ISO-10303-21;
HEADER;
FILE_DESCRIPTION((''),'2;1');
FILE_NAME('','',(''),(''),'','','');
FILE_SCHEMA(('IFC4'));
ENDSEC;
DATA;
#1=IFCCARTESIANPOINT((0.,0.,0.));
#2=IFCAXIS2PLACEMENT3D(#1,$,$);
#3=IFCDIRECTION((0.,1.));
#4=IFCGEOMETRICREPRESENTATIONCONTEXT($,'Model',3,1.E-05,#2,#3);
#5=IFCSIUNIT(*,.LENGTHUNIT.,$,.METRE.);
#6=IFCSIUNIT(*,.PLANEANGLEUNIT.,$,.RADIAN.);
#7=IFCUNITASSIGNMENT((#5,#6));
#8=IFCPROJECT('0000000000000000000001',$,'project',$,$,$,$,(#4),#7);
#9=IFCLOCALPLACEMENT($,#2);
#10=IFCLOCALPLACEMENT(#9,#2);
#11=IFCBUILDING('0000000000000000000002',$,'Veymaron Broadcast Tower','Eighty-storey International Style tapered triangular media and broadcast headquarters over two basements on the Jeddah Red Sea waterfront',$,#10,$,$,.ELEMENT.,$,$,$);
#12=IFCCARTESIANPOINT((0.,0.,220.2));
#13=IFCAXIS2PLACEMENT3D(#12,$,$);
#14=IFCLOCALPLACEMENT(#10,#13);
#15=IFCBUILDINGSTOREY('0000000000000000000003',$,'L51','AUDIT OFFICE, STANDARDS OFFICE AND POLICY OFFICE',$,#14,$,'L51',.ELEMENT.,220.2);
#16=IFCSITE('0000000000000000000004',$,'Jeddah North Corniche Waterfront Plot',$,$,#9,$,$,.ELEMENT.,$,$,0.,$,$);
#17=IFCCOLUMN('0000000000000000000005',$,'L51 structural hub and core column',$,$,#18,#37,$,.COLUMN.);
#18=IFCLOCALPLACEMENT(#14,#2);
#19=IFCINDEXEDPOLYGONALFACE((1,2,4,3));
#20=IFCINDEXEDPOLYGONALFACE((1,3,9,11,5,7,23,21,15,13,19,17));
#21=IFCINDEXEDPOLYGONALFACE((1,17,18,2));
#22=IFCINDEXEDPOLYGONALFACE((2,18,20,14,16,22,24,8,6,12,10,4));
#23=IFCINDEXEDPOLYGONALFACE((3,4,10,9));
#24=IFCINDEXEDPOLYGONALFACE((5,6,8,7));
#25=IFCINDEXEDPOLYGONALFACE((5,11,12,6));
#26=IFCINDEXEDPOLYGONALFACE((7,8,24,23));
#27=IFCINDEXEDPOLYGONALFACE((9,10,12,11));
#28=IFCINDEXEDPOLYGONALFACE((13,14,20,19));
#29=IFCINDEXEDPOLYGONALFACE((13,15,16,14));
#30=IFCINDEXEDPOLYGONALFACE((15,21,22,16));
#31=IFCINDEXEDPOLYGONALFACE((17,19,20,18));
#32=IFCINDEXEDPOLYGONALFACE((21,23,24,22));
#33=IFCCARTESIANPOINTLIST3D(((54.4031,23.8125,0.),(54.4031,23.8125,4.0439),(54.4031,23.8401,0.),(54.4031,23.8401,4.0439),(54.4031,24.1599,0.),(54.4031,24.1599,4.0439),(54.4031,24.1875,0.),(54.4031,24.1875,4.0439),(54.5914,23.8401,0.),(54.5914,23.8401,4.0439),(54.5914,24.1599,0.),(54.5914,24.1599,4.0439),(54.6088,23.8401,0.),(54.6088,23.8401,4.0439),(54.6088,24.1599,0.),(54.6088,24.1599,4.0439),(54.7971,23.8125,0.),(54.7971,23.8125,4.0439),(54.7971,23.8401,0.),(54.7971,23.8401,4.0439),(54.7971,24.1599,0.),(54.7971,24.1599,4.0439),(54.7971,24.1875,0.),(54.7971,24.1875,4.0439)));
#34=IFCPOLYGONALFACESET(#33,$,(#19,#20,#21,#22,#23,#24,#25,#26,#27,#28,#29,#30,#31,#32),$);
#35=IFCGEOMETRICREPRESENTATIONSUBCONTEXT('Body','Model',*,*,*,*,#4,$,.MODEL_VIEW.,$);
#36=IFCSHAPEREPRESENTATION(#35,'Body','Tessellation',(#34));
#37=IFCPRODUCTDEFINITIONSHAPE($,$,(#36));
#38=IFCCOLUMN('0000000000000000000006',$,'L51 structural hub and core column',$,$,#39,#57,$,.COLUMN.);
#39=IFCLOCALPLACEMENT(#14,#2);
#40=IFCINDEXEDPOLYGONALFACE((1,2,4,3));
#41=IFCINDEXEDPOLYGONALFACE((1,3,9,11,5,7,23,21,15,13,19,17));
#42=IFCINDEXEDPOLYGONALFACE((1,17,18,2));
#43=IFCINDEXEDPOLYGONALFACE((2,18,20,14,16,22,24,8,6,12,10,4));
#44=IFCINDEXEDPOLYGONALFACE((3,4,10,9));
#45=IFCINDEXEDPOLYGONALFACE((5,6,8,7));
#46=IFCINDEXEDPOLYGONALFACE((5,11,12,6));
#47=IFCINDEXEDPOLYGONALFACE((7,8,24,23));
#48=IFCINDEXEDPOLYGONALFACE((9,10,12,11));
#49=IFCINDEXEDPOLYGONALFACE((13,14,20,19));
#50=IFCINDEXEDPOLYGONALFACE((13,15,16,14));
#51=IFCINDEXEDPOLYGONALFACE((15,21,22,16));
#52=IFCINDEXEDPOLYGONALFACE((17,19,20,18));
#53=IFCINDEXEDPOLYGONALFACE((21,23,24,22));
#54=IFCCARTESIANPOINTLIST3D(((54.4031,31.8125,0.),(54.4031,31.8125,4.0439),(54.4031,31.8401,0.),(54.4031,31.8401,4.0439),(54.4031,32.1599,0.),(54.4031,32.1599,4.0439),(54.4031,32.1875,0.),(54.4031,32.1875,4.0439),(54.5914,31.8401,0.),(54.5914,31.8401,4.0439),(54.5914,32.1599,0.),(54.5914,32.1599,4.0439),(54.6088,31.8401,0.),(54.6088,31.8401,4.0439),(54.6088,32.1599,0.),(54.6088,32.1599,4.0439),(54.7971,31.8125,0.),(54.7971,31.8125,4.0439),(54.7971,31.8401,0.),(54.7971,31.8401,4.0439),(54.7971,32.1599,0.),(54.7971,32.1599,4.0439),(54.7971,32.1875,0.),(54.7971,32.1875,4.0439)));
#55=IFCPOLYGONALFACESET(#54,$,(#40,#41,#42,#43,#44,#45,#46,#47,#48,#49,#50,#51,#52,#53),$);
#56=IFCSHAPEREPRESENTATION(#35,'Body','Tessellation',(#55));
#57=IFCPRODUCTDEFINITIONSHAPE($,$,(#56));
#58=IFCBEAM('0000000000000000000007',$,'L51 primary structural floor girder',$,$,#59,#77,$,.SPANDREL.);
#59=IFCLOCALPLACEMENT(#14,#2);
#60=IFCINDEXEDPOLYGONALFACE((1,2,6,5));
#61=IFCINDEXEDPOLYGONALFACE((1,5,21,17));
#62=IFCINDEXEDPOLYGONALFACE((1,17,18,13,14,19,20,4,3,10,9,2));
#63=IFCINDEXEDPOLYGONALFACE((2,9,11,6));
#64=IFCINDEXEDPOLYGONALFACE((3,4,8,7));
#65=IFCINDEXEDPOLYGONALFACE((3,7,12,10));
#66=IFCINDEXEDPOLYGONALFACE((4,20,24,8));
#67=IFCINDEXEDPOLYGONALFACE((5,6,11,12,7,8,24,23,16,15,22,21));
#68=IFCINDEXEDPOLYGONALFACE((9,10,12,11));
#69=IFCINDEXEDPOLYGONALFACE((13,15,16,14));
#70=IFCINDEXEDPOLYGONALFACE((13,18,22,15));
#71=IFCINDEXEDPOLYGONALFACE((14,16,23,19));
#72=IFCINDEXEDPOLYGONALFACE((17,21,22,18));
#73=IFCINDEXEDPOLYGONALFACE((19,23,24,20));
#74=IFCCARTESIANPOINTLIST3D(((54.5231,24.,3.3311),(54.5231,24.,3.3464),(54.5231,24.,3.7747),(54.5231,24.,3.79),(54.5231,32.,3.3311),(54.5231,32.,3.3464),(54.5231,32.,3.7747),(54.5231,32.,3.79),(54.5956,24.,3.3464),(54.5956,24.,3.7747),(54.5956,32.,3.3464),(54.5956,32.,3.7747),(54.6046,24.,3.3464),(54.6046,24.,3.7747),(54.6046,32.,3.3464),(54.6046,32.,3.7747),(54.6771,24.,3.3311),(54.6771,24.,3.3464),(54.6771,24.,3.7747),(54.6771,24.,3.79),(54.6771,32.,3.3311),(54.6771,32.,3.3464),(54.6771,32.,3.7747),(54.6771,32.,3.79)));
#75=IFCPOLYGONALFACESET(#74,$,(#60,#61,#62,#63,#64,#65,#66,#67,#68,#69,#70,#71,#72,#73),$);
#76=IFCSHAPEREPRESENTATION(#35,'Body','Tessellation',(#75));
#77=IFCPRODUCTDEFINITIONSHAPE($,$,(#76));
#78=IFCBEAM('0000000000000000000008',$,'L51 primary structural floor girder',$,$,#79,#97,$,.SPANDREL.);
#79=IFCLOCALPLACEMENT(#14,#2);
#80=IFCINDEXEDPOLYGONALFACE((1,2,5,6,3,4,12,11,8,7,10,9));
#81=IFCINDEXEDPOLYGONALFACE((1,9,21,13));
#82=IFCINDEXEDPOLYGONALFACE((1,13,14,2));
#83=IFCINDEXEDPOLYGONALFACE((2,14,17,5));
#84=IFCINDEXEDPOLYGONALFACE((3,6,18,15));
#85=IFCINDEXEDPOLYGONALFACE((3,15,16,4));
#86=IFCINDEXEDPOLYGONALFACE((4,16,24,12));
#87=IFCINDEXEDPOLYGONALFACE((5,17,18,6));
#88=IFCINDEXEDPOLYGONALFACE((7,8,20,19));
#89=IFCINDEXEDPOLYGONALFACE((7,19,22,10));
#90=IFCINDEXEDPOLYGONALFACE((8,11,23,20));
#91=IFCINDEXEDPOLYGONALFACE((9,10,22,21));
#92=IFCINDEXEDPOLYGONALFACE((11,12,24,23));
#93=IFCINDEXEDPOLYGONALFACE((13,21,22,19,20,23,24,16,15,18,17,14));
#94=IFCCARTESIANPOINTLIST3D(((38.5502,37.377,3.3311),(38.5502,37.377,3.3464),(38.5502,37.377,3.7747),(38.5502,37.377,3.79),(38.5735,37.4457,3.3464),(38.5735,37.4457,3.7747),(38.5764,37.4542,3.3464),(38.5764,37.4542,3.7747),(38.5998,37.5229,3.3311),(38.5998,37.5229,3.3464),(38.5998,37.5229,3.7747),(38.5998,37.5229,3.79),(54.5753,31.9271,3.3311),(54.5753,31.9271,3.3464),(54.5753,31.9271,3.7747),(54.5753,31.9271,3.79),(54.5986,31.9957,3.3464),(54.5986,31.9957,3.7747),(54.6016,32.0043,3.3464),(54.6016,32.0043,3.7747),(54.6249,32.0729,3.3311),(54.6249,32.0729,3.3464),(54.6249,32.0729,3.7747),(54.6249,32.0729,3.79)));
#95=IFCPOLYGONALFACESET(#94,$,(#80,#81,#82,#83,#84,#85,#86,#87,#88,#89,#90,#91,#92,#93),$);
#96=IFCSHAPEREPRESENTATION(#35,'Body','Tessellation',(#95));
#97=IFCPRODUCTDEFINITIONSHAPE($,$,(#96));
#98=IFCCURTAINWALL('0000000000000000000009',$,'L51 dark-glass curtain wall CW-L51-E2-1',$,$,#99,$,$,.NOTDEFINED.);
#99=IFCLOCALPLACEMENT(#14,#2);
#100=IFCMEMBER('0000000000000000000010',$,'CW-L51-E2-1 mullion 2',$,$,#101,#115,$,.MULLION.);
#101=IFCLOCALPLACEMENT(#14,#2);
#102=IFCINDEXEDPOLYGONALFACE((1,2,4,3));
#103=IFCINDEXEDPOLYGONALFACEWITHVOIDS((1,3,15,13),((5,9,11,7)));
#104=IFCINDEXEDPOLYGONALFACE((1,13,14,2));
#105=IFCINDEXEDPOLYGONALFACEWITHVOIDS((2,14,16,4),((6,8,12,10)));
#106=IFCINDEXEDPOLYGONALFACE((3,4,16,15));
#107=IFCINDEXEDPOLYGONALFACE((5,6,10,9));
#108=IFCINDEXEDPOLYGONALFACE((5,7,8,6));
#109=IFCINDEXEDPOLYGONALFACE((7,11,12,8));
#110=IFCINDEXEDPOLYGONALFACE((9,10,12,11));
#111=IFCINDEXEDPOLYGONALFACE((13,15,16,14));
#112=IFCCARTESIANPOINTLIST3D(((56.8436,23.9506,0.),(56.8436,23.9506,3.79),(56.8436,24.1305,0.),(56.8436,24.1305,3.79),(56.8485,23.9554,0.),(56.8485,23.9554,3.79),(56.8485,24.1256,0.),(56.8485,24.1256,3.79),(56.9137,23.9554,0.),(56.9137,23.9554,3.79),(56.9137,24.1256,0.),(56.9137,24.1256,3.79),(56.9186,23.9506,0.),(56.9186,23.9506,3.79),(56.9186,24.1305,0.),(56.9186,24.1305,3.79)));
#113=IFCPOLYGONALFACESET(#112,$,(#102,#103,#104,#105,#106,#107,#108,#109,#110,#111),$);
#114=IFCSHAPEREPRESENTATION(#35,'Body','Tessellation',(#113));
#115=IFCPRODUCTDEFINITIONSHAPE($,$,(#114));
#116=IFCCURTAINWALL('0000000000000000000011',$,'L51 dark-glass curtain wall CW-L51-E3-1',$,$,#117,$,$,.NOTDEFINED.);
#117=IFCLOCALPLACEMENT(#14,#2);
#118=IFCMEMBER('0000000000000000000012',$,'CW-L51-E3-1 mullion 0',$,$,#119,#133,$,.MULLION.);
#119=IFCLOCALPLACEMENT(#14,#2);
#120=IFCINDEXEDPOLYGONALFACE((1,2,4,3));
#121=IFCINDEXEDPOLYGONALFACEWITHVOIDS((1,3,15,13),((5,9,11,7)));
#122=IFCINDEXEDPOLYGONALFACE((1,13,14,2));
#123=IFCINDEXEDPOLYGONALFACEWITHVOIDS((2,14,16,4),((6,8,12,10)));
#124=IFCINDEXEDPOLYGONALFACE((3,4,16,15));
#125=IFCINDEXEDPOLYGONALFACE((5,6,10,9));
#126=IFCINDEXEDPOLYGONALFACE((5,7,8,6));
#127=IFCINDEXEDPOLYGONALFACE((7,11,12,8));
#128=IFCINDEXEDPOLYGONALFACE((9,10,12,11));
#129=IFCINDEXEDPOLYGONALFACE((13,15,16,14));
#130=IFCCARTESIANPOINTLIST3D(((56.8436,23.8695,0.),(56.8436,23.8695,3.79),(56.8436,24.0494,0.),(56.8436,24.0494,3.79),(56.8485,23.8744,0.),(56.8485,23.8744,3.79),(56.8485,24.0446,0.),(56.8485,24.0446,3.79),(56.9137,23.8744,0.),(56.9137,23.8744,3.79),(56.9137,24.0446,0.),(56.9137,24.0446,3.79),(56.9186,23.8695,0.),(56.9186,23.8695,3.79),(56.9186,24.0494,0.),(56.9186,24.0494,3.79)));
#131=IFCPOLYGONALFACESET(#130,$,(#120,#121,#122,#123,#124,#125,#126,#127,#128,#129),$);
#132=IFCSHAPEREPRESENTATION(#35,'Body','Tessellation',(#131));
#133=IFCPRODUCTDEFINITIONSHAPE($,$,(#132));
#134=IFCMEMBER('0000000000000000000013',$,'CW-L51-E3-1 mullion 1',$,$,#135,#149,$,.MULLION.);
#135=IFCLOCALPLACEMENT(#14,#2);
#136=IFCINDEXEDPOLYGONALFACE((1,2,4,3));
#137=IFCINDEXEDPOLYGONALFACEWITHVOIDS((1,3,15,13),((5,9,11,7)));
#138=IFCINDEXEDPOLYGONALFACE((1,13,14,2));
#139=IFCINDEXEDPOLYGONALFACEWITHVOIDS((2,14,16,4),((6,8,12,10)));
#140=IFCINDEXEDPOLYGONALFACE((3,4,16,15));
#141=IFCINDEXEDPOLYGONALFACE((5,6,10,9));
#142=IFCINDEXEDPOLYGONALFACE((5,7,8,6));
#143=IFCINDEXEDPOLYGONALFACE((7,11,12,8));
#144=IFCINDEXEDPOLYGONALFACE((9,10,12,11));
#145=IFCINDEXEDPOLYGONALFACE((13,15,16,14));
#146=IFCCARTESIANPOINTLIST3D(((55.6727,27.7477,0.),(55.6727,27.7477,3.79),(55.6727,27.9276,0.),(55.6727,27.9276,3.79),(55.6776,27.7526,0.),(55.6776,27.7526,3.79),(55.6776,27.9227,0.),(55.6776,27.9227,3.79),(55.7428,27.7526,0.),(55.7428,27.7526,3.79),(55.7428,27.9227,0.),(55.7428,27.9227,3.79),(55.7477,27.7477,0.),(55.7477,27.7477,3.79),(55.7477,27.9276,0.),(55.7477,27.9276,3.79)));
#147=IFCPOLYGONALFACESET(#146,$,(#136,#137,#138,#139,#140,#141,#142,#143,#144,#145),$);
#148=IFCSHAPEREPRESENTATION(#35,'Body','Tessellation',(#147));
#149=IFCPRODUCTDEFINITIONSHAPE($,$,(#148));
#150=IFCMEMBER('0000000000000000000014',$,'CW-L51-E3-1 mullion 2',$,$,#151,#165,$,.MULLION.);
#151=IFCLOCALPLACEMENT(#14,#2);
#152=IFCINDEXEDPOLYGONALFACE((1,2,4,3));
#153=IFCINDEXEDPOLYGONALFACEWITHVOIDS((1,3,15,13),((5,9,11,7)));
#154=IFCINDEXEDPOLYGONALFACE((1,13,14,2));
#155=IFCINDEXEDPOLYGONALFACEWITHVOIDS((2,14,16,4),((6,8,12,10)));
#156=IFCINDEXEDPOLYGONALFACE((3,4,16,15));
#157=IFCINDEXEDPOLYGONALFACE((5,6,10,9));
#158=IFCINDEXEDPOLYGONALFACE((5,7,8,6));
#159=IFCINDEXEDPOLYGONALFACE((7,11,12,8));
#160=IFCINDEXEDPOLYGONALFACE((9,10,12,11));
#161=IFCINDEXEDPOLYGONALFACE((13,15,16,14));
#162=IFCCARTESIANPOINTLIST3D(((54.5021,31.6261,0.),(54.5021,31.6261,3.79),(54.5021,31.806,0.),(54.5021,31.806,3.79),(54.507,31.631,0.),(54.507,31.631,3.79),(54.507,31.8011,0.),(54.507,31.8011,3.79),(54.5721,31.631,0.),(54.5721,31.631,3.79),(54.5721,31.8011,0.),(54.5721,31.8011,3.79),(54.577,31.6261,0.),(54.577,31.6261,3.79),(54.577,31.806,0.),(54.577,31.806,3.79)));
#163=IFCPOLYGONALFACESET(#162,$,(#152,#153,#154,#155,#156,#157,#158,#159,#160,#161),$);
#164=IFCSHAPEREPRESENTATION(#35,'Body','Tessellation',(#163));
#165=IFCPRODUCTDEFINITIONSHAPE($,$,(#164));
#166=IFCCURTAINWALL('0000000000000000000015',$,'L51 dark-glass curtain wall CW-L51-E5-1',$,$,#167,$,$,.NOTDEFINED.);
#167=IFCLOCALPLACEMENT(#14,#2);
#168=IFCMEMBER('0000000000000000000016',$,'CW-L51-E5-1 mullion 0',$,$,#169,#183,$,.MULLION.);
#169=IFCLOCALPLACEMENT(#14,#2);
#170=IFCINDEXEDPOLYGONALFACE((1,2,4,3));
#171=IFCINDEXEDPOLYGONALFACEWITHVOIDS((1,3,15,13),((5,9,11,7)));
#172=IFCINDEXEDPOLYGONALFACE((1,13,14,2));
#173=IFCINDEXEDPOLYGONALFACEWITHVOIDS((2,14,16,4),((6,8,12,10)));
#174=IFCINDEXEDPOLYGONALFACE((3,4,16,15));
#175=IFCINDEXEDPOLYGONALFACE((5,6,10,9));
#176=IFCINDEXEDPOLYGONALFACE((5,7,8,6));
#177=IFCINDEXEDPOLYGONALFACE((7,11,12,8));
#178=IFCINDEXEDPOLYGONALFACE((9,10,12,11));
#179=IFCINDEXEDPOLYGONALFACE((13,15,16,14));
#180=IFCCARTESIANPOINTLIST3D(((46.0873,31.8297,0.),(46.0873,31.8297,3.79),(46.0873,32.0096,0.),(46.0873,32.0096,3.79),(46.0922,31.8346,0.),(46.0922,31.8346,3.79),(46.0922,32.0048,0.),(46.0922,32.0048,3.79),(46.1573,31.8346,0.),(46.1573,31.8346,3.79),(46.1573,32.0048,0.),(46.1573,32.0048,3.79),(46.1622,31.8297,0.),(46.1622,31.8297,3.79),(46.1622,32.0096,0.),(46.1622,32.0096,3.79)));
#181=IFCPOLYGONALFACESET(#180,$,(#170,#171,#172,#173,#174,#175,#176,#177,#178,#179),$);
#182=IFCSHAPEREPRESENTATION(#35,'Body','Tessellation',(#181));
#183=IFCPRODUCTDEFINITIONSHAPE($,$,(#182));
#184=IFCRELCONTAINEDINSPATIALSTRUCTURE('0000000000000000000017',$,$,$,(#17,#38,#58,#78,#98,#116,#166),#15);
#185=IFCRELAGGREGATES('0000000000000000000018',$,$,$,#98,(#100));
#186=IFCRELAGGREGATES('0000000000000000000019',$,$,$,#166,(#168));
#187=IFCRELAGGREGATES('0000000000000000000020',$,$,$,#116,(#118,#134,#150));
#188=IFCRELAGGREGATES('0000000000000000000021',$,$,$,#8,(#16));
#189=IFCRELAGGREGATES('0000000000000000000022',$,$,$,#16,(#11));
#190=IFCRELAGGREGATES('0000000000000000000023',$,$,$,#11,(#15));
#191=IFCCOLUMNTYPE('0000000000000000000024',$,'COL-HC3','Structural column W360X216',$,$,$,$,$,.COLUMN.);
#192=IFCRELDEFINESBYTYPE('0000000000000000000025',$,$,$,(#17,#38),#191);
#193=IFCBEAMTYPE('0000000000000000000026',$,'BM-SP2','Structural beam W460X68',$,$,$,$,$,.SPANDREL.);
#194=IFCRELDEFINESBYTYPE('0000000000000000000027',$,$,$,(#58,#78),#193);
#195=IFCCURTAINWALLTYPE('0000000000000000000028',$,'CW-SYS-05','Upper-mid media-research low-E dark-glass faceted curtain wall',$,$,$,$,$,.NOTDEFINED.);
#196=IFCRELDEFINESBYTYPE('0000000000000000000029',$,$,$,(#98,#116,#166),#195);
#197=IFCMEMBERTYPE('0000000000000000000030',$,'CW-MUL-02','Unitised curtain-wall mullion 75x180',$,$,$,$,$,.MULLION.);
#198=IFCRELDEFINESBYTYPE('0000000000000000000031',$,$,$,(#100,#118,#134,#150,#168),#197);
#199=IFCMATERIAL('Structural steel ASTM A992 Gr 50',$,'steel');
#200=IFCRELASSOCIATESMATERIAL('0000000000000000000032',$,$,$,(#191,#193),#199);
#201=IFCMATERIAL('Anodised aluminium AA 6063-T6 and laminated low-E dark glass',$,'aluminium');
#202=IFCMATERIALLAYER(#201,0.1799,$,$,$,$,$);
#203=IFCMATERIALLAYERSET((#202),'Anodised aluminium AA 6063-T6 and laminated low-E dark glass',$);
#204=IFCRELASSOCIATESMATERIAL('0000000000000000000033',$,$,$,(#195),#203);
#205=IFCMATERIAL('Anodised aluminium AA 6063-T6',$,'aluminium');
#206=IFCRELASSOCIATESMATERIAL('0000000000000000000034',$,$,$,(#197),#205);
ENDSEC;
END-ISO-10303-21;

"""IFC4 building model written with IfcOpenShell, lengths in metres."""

from ifc_helpers import new_model, si_unit, direction, frame, origin, origin_2d, place, context, subcontext, project, spatial, hollow_rectangle, i_section, extrude, material, layer, layer_set, material_profile, profile_set, type_object, element, aggregate, save


model = new_model("IFC4")

# Units and contexts
model_context = context("Model", 3, precision=1e-05, world=origin(), true_north=direction((0.0, 1.0)))
body_context = subcontext(model_context, "Body", "Model", "MODEL_VIEW")
ifc_project = project(units=[si_unit("LENGTHUNIT", "METRE"), si_unit("PLANEANGLEUNIT", "RADIAN")], contexts=[model_context])

# Site, building, storey
site_placement = place(None, origin())
site = spatial("IfcSite", under=ifc_project, at=site_placement, Name="Jeddah North Corniche Waterfront Plot", CompositionType="ELEMENT", RefElevation=0.0)
building_placement = place(site_placement, origin())
building = spatial("IfcBuilding", under=site, at=building_placement, Name="Veymaron Broadcast Tower", Description="Eighty-storey International Style tapered triangular media and broadcast headquarters over two basements on the Jeddah Red Sea waterfront", CompositionType="ELEMENT")
storey_placement = place(building_placement, frame((0.0, 0.0, 220.2)))
storey = spatial("IfcBuildingStorey", under=building, at=storey_placement, Name="L51", Description="AUDIT OFFICE, STANDARDS OFFICE AND POLICY OFFICE", LongName="L51", CompositionType="ELEMENT", Elevation=220.2)

# Columns
ifc_material_1 = material(Name="Structural steel ASTM A992 Gr 50", Category="steel")
ifc_material_profile_1 = material_profile(ifc_material_1, i_section(OverallWidth=0.394, OverallDepth=0.375, WebThickness=0.0173, FlangeThickness=0.0276, at=origin_2d()), Name="W360X216")
ifc_profile_set_1 = profile_set([ifc_material_profile_1], Name="Structural steel ASTM A992 Gr 50")
column_type = type_object("IfcColumnType", Name="COL-HC3", Description="Structural column W360X216", PredefinedType="COLUMN", material=ifc_profile_set_1)
for number, where, z_axis, x_axis, name in (
    (1, (54.6001, 24.0, 0.0), (0.0, 0.0, 1.0), (1.0, 0.0, 0.0), "L51 structural hub and core column"),
    (2, (54.6001, 32.0, 0.0), (0.0, 0.0, 1.0), (1.0, 0.0, 0.0), "L51 structural hub and core column"),
):
    element("IfcColumn", number, at=place(storey_placement, frame(where, z_axis=z_axis, x_axis=x_axis)), inside=storey, type_object=column_type, Name=name, PredefinedType="COLUMN", context=body_context, shape_type="SweptSolid", body=[
        extrude(i_section(OverallWidth=0.394, OverallDepth=0.375, WebThickness=0.0173, FlangeThickness=0.0276, at=origin_2d()), origin(), (0.0, 0.0, 1.0), 4.0439),
    ])

# Beams
ifc_material_profile_2 = material_profile(ifc_material_1, i_section(OverallWidth=0.1541, OverallDepth=0.459, WebThickness=0.009, FlangeThickness=0.0154, at=origin_2d()), Name="W460X68")
ifc_profile_set_2 = profile_set([ifc_material_profile_2], Name="Structural steel ASTM A992 Gr 50")
beam_type = type_object("IfcBeamType", Name="BM-SP2", Description="Structural beam W460X68", PredefinedType="SPANDREL", material=ifc_profile_set_2)
beam_1_placement = place(storey_placement, frame((54.6001, 24.0, 3.5605), z_axis=(0.0, 1.0, 0.0), x_axis=(-1.0, 0.0, 0.0)))
element("IfcBeam", 3, at=beam_1_placement, inside=storey, type_object=beam_type, Name="L51 primary structural floor girder", PredefinedType="SPANDREL", context=body_context, shape_type="SweptSolid", body=[
    extrude(i_section(OverallWidth=0.1541, OverallDepth=0.459, WebThickness=0.009, FlangeThickness=0.0154, at=origin_2d()), origin(), (0.0, 0.0, 1.0), 8.0),
])
beam_2_placement = place(storey_placement, frame((54.6001, 32.0, 3.5605), z_axis=(-0.946748, 0.321977, 0.0), x_axis=(-0.321977, -0.946748, 0.0)))
element("IfcBeam", 4, at=beam_2_placement, inside=storey, type_object=beam_type, Name="L51 primary structural floor girder", PredefinedType="SPANDREL", context=body_context, shape_type="SweptSolid", body=[
    extrude(i_section(OverallWidth=0.1541, OverallDepth=0.459, WebThickness=0.009, FlangeThickness=0.0154, at=origin_2d()), origin(), (0.0, 0.0, 1.0), 16.9265),
])

# Curtain wall, member
ifc_material_2 = material(Name="Anodised aluminium AA 6063-T6 and laminated low-E dark glass", Category="aluminium")
ifc_layer_1 = layer(ifc_material_2, 0.1799)
ifc_layer_set_1 = layer_set([ifc_layer_1], Name="Anodised aluminium AA 6063-T6 and laminated low-E dark glass")
curtain_wall_type = type_object("IfcCurtainWallType", Name="CW-SYS-05", Description="Upper-mid media-research low-E dark-glass faceted curtain wall", PredefinedType="NOTDEFINED", material=ifc_layer_set_1)
curtain_wall_1_placement = place(storey_placement, origin())
curtain_wall_1 = element("IfcCurtainWall", 5, at=curtain_wall_1_placement, inside=storey, type_object=curtain_wall_type, Name="L51 dark-glass curtain wall CW-L51-E2-1", PredefinedType="NOTDEFINED")
ifc_material_3 = material(Name="Anodised aluminium AA 6063-T6", Category="aluminium")
ifc_material_profile_3 = material_profile(ifc_material_3, hollow_rectangle(XDim=0.075, YDim=0.1799, WallThickness=0.0049, at=origin_2d()), Name="AL180X75X5")
ifc_profile_set_3 = profile_set([ifc_material_profile_3], Name="Anodised aluminium AA 6063-T6")
member_type_1 = type_object("IfcMemberType", Name="CW-MUL-02", Description="Unitised curtain-wall mullion 75x180", PredefinedType="MULLION", material=ifc_profile_set_3)
member_1_placement = place(storey_placement, frame((56.8811, 24.0405, 0.0), z_axis=(0.0, 0.0, 1.0), x_axis=(1.0, 0.0, 0.0)))
member_1 = element("IfcMember", 6, at=member_1_placement, type_object=member_type_1, Name="CW-L51-E2-1 mullion 2", PredefinedType="MULLION", context=body_context, shape_type="SweptSolid", body=[
    extrude(hollow_rectangle(XDim=0.075, YDim=0.1799, WallThickness=0.0049, at=origin_2d()), origin(), (0.0, 0.0, 1.0), 3.79),
])
aggregate(curtain_wall_1, [member_1])

# Curtain wall, members
curtain_wall_2_placement = place(storey_placement, origin())
curtain_wall_2 = element("IfcCurtainWall", 7, at=curtain_wall_2_placement, inside=storey, type_object=curtain_wall_type, Name="L51 dark-glass curtain wall CW-L51-E3-1", PredefinedType="NOTDEFINED")
member_2_placement = place(storey_placement, frame((56.8811, 23.9595, 0.0), z_axis=(0.0, 0.0, 1.0), x_axis=(1.0, 0.0, 0.0)))
member_2 = element("IfcMember", 8, at=member_2_placement, type_object=member_type_1, Name="CW-L51-E3-1 mullion 0", PredefinedType="MULLION", context=body_context, shape_type="SweptSolid", body=[
    extrude(hollow_rectangle(XDim=0.075, YDim=0.1799, WallThickness=0.0049, at=origin_2d()), origin(), (0.0, 0.0, 1.0), 3.79),
])
member_3_placement = place(storey_placement, frame((55.7102, 27.8376, 0.0), z_axis=(0.0, 0.0, 1.0), x_axis=(1.0, 0.0, 0.0)))
member_3 = element("IfcMember", 9, at=member_3_placement, type_object=member_type_1, Name="CW-L51-E3-1 mullion 1", PredefinedType="MULLION", context=body_context, shape_type="SweptSolid", body=[
    extrude(hollow_rectangle(XDim=0.075, YDim=0.1799, WallThickness=0.0049, at=origin_2d()), origin(), (0.0, 0.0, 1.0), 3.79),
])
member_4_placement = place(storey_placement, frame((54.5396, 31.7161, 0.0), z_axis=(0.0, 0.0, 1.0), x_axis=(1.0, 0.0, 0.0)))
member_4 = element("IfcMember", 10, at=member_4_placement, type_object=member_type_1, Name="CW-L51-E3-1 mullion 2", PredefinedType="MULLION", context=body_context, shape_type="SweptSolid", body=[
    extrude(hollow_rectangle(XDim=0.075, YDim=0.1799, WallThickness=0.0049, at=origin_2d()), origin(), (0.0, 0.0, 1.0), 3.79),
])

# Curtain wall, member
curtain_wall_3_placement = place(storey_placement, origin())
curtain_wall_3 = element("IfcCurtainWall", 11, at=curtain_wall_3_placement, inside=storey, type_object=curtain_wall_type, Name="L51 dark-glass curtain wall CW-L51-E5-1", PredefinedType="NOTDEFINED")
member_5_placement = place(storey_placement, frame((46.1248, 31.9197, 0.0), z_axis=(0.0, 0.0, 1.0), x_axis=(1.0, 0.0, 0.0)))
member_5 = element("IfcMember", 12, at=member_5_placement, type_object=member_type_1, Name="CW-L51-E5-1 mullion 0", PredefinedType="MULLION", context=body_context, shape_type="SweptSolid", body=[
    extrude(hollow_rectangle(XDim=0.075, YDim=0.1799, WallThickness=0.0049, at=origin_2d()), origin(), (0.0, 0.0, 1.0), 3.79),
])

aggregate(curtain_wall_3, [member_5])

aggregate(curtain_wall_2, [member_2, member_3, member_4])

save(model, "model.ifc")
